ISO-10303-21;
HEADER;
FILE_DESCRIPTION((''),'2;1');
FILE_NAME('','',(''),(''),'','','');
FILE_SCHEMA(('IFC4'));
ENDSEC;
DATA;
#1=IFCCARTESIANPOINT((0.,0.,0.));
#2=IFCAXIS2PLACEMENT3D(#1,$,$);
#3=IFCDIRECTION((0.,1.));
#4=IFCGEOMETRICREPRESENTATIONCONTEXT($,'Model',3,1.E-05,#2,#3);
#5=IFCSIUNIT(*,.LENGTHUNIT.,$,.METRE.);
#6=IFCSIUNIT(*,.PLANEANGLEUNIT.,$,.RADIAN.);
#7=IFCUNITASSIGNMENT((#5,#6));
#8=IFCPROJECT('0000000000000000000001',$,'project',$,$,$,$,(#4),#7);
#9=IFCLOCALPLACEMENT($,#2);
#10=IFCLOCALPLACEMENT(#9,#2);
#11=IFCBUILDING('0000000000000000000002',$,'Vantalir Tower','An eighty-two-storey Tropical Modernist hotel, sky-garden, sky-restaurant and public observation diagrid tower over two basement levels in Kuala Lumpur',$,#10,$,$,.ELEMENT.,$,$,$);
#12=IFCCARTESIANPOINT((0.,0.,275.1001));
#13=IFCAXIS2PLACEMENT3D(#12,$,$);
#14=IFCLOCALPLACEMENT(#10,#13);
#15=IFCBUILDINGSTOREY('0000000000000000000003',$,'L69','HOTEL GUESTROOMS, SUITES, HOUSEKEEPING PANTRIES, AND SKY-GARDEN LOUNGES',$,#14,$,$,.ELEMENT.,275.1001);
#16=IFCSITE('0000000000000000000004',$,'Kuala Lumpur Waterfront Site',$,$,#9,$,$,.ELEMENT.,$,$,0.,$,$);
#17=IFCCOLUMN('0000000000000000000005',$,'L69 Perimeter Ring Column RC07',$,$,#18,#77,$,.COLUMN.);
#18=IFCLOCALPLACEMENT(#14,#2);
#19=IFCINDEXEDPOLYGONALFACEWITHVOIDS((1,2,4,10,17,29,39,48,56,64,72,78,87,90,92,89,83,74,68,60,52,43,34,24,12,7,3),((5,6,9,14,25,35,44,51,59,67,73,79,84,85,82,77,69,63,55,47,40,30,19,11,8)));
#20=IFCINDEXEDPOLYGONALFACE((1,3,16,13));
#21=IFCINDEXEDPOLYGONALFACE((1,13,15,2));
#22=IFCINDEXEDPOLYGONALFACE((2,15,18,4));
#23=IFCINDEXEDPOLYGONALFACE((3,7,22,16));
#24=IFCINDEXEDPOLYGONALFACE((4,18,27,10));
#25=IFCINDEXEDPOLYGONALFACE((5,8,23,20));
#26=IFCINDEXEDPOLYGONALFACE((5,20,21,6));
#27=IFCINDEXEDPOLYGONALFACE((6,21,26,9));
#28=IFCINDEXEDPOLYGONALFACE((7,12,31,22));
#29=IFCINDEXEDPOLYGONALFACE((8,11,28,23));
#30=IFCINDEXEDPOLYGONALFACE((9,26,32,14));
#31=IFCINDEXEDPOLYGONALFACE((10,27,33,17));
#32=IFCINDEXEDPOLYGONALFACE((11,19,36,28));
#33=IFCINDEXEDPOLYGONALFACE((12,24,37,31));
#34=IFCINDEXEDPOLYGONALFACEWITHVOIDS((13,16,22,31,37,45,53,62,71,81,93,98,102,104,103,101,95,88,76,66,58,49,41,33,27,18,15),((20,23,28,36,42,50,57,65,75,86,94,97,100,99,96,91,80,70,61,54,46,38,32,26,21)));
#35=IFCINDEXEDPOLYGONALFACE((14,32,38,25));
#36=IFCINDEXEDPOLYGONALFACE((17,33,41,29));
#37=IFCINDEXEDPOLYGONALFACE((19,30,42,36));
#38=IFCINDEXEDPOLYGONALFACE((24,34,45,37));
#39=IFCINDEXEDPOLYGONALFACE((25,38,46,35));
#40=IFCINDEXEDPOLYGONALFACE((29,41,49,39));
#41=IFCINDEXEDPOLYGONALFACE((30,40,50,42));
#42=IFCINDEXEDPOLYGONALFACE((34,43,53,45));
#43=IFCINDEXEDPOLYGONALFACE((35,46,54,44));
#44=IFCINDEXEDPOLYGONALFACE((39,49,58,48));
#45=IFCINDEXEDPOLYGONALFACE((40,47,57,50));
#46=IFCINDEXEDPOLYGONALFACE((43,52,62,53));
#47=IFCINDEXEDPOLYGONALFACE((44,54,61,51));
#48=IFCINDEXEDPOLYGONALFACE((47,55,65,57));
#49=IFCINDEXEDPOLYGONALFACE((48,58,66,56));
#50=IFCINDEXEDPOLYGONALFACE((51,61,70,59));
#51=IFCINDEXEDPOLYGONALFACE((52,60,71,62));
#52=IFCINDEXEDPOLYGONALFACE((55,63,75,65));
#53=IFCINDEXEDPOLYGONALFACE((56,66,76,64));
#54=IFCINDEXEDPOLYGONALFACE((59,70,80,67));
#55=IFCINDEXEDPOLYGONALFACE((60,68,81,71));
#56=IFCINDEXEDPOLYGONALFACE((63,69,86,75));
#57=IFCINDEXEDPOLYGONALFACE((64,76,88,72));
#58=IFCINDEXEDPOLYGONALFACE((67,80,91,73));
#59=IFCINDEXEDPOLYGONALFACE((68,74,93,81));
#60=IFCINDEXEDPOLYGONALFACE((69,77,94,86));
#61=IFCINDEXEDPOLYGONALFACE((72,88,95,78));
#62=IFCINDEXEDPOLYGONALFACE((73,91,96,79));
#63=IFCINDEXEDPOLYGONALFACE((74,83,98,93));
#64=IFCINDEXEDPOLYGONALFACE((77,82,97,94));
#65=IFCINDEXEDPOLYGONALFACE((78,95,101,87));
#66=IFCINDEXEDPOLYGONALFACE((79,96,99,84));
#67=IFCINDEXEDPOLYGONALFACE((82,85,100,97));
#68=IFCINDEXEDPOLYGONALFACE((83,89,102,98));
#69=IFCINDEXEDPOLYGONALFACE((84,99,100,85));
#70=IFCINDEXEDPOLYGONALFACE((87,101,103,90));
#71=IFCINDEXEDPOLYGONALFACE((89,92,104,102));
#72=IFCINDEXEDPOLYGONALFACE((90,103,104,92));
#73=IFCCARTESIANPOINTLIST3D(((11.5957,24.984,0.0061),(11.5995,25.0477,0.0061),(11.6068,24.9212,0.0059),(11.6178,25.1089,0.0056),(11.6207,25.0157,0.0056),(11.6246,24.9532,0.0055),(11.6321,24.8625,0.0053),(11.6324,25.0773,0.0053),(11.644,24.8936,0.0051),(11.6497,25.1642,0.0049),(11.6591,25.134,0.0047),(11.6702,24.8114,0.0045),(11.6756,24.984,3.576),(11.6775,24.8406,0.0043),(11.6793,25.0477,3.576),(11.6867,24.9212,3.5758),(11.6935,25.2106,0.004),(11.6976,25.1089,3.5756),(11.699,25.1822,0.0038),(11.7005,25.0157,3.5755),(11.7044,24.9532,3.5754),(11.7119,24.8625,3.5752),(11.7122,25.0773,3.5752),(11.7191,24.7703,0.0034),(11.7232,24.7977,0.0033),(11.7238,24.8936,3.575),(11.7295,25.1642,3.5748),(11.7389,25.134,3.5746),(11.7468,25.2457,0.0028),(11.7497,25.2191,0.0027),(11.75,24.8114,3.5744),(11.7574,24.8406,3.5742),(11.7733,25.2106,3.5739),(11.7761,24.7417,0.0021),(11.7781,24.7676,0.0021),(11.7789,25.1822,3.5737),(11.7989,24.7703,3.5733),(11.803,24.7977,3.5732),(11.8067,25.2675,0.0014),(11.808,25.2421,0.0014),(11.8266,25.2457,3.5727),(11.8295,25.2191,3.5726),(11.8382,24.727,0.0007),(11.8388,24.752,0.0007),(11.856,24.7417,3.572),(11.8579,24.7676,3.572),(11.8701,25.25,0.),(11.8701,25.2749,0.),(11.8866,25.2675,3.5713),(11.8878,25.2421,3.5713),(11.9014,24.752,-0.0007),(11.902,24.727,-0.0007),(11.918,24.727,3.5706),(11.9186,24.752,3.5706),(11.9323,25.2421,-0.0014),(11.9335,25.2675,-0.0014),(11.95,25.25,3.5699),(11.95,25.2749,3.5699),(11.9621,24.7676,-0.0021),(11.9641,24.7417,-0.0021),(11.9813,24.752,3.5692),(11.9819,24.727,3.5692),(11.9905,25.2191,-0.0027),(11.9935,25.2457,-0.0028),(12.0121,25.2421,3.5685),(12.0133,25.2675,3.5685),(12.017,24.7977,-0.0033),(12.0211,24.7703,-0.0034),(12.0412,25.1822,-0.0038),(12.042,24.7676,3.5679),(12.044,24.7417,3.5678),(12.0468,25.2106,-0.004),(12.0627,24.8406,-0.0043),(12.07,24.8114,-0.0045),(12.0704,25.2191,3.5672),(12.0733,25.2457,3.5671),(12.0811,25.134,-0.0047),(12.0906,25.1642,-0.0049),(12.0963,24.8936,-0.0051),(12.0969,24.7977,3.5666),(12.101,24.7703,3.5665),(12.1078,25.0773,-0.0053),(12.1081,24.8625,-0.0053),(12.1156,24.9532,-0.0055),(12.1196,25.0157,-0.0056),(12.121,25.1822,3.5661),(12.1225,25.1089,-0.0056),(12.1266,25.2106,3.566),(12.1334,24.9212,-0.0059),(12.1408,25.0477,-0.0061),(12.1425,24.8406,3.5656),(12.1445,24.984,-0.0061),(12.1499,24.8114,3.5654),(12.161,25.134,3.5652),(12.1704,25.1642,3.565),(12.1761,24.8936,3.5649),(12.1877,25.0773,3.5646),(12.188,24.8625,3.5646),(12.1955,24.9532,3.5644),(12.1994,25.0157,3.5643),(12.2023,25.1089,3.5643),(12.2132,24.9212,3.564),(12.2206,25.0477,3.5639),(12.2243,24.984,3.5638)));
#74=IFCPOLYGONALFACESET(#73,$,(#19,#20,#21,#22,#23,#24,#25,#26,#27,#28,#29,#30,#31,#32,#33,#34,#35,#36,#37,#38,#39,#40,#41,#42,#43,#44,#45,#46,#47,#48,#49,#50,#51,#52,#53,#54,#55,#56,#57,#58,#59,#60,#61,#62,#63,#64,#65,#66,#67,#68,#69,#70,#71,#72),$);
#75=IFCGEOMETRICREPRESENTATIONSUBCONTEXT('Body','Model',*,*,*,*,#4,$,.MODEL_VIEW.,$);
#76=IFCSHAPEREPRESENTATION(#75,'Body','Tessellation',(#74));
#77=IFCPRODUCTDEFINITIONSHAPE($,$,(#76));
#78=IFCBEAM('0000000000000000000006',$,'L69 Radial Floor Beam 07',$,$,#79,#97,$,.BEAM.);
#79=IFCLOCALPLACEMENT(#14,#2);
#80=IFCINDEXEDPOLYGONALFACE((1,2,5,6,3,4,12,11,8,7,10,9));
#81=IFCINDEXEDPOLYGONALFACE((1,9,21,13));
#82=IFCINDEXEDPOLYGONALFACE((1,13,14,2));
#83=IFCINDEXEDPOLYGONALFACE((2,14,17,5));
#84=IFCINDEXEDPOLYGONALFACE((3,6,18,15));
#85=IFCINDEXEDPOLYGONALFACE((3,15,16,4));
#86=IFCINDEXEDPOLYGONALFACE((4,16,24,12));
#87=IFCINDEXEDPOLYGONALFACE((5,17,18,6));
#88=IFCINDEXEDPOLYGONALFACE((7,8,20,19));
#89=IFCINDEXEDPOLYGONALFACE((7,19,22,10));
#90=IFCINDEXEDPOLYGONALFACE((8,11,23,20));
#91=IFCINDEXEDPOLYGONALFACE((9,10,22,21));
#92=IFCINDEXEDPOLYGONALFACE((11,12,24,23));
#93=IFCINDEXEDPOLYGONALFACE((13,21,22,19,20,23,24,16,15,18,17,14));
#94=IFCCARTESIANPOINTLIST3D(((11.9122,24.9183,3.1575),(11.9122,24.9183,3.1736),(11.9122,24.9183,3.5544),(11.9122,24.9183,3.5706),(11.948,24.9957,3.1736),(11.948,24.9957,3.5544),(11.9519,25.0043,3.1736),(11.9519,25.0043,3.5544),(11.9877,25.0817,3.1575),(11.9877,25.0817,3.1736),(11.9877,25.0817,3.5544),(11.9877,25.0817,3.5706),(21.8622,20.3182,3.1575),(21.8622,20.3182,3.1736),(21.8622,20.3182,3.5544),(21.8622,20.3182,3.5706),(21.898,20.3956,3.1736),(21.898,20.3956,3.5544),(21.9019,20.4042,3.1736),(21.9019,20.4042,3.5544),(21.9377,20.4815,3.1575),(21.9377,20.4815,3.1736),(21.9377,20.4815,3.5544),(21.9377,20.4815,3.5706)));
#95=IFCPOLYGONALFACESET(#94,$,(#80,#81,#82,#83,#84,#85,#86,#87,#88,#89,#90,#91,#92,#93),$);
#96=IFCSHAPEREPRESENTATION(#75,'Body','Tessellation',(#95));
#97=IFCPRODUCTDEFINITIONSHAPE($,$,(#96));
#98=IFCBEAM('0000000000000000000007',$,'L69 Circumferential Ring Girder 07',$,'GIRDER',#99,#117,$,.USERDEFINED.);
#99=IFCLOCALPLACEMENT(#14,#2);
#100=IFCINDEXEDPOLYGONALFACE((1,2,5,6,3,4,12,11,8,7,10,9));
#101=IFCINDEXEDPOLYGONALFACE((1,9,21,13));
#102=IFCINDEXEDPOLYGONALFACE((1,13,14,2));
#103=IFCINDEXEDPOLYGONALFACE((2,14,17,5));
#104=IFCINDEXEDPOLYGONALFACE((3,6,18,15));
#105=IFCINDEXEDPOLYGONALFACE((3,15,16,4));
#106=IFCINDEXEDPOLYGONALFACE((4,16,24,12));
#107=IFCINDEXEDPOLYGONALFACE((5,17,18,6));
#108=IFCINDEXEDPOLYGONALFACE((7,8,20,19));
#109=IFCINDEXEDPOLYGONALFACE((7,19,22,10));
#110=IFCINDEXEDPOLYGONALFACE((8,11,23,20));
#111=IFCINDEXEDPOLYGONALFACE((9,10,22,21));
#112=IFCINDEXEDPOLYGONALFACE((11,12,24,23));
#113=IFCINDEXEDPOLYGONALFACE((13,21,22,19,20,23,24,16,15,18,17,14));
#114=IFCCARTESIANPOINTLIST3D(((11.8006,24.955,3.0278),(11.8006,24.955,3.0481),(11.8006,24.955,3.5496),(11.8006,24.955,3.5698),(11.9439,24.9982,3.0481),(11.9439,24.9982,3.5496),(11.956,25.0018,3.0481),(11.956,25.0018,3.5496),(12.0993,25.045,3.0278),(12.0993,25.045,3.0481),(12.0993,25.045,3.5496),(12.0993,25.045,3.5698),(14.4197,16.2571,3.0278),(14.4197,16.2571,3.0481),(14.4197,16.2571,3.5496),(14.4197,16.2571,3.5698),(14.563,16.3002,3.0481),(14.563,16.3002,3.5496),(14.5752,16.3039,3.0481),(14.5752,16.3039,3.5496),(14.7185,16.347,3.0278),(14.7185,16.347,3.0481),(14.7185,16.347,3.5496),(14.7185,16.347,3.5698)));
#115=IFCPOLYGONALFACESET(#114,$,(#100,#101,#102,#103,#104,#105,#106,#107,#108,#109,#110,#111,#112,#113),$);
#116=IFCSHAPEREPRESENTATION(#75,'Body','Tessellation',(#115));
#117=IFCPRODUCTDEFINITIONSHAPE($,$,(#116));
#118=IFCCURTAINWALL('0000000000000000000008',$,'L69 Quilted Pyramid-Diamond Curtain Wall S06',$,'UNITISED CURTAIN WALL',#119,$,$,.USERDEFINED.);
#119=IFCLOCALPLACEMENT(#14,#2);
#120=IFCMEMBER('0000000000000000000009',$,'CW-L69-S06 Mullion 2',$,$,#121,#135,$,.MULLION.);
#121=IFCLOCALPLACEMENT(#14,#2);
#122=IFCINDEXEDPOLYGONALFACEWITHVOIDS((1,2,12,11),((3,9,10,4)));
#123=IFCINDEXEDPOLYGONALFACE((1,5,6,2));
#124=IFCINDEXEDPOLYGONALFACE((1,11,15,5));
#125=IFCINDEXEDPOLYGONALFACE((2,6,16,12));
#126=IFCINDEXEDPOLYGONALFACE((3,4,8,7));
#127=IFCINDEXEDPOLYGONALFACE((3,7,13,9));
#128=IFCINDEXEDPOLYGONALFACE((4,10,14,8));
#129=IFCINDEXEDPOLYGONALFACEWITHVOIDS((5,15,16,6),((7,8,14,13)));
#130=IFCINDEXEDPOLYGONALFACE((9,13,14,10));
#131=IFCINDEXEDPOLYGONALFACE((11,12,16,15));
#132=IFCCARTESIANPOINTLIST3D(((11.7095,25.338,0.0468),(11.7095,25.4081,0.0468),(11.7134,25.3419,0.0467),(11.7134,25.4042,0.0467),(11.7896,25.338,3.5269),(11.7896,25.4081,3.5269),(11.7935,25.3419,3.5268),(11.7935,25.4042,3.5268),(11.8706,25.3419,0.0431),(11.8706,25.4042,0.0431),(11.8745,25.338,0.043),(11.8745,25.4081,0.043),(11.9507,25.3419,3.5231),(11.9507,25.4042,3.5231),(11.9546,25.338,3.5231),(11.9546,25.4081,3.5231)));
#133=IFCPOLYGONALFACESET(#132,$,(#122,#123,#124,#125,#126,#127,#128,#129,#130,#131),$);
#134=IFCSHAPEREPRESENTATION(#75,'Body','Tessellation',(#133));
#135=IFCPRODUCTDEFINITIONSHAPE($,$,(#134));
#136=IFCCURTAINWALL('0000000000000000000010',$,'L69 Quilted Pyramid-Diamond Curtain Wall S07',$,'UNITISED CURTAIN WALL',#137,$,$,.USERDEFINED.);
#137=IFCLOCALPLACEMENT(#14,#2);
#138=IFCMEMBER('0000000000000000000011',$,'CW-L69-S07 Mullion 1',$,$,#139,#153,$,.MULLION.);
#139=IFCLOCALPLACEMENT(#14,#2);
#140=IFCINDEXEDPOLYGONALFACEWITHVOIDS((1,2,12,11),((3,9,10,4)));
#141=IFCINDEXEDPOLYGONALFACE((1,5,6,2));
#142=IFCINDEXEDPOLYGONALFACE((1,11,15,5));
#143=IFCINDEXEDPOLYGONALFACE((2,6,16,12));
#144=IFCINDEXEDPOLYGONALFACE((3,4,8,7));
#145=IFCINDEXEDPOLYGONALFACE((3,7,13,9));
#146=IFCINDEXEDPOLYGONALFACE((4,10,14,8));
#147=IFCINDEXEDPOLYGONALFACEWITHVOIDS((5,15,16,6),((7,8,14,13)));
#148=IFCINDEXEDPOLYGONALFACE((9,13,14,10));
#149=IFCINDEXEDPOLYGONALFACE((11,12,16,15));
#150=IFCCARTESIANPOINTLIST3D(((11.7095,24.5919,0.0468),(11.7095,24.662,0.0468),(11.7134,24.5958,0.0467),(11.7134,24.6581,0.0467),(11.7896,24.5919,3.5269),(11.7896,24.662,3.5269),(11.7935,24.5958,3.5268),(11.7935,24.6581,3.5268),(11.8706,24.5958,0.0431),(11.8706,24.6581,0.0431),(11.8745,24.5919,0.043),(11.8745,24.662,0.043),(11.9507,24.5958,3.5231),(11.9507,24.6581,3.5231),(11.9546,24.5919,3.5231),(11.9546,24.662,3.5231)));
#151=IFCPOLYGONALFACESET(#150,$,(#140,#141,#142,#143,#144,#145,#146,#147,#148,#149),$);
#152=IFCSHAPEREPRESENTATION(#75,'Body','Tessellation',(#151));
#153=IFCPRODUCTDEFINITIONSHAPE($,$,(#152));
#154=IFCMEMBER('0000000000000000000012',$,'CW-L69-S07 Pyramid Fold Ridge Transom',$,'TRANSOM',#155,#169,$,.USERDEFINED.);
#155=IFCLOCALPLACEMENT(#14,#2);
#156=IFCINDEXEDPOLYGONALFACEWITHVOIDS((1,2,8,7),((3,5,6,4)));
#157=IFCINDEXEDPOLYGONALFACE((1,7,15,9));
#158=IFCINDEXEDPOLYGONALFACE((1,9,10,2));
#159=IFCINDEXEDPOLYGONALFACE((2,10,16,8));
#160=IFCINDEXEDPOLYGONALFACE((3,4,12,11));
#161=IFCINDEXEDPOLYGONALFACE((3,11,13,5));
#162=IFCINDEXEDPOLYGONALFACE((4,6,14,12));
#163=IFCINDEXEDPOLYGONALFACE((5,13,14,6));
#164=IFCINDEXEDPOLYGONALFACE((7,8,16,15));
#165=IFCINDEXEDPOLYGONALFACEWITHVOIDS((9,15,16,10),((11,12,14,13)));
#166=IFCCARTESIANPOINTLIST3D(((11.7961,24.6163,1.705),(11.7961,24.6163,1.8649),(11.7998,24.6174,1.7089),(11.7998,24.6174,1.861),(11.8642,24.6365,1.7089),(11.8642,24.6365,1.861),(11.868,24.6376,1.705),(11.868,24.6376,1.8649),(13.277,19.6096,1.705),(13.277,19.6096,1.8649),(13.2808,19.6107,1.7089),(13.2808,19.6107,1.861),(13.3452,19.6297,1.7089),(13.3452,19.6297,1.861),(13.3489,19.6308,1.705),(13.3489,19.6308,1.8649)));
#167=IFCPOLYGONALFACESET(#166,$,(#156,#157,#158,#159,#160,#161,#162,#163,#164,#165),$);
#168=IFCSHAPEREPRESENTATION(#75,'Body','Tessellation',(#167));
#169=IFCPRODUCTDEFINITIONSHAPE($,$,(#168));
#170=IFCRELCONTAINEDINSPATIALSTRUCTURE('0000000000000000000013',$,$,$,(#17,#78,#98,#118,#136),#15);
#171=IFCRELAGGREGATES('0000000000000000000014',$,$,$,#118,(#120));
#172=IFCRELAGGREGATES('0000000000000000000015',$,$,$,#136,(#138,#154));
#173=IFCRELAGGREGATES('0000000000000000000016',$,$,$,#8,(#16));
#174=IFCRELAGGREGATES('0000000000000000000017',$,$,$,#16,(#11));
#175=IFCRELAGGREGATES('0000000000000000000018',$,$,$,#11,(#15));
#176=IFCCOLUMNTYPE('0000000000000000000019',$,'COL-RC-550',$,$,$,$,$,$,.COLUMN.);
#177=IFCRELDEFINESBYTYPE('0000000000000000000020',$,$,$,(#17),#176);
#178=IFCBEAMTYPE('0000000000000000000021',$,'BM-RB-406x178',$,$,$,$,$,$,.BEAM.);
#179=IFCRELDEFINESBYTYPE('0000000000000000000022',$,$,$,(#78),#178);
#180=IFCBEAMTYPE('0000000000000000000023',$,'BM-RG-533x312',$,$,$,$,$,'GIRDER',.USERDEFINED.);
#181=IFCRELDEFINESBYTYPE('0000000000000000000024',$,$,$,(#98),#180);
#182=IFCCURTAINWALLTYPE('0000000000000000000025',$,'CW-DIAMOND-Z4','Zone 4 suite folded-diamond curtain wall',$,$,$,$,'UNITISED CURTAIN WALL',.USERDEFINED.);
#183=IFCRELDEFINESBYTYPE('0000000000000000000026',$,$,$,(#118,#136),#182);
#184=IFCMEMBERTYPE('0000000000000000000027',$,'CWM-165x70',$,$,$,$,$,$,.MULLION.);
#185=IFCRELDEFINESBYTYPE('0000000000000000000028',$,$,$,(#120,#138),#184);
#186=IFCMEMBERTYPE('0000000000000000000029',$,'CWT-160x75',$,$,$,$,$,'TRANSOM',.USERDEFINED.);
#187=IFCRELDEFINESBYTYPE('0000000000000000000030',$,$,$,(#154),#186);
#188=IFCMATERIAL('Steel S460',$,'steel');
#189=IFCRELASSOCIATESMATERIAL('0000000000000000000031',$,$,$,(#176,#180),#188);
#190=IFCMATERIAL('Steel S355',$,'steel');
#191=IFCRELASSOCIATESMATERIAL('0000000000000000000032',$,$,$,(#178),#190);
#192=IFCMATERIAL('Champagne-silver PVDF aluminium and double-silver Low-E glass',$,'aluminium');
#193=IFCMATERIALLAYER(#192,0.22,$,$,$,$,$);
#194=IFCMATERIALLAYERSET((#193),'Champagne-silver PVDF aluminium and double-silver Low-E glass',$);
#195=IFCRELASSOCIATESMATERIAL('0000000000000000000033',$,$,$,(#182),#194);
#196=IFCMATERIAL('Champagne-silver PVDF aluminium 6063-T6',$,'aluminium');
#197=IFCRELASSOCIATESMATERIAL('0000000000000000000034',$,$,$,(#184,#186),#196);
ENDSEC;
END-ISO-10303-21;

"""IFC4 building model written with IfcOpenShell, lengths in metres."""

from ifc_helpers import new_model, si_unit, direction, frame, origin, origin_2d, place, context, subcontext, project, spatial, hollow_rectangle, hollow_circle, i_section, extrude, material, layer, layer_set, material_profile, profile_set, type_object, element, aggregate, save


model = new_model("IFC4")

# Units and contexts
model_context = context("Model", 3, precision=1e-05, world=origin(), true_north=direction((0.0, 1.0)))
body_context = subcontext(model_context, "Body", "Model", "MODEL_VIEW")
ifc_project = project(units=[si_unit("LENGTHUNIT", "METRE"), si_unit("PLANEANGLEUNIT", "RADIAN")], contexts=[model_context])

# Site, building, storey
site_placement = place(None, origin())
site = spatial("IfcSite", under=ifc_project, at=site_placement, Name="Kuala Lumpur Waterfront Site", CompositionType="ELEMENT", RefElevation=0.0)
building_placement = place(site_placement, origin())
building = spatial("IfcBuilding", under=site, at=building_placement, Name="Vantalir Tower", Description="An eighty-two-storey Tropical Modernist hotel, sky-garden, sky-restaurant and public observation diagrid tower over two basement levels in Kuala Lumpur", CompositionType="ELEMENT")
storey_placement = place(building_placement, frame((0.0, 0.0, 275.1001)))
storey = spatial("IfcBuildingStorey", under=building, at=storey_placement, Name="L69", Description="HOTEL GUESTROOMS, SUITES, HOUSEKEEPING PANTRIES, AND SKY-GARDEN LOUNGES", CompositionType="ELEMENT", Elevation=275.1001)

# Column
ifc_material_1 = material(Name="Steel S460", Category="steel")
ifc_material_profile_1 = material_profile(ifc_material_1, hollow_circle(Radius=0.2749, WallThickness=0.0249, at=origin_2d()), Name="Steel S460")
ifc_profile_set_1 = profile_set([ifc_material_profile_1], Name="Steel S460")
column_type = type_object("IfcColumnType", Name="COL-RC-550", PredefinedType="COLUMN", material=ifc_profile_set_1)
column_placement = place(storey_placement, frame((11.8701, 25.0, 0.0), z_axis=(0.022358, 0.0, 0.99975), x_axis=(0.0, 1.0, 0.0)))
element("IfcColumn", 1, at=column_placement, inside=storey, type_object=column_type, Name="L69 Perimeter Ring Column RC07", PredefinedType="COLUMN", context=body_context, shape_type="SweptSolid", body=[
    extrude(hollow_circle(Radius=0.2749, WallThickness=0.0249, at=origin_2d()), origin(), (0.0, 0.0, 1.0), 3.5708),
])

# Beams
ifc_material_2 = material(Name="Steel S355", Category="steel")
ifc_material_profile_2 = material_profile(ifc_material_2, i_section(OverallWidth=0.1799, OverallDepth=0.4131, WebThickness=0.0095, FlangeThickness=0.0161, at=origin_2d()), Name="Steel S355")
ifc_profile_set_2 = profile_set([ifc_material_profile_2], Name="Steel S355")
beam_type_1 = type_object("IfcBeamType", Name="BM-RB-406x178", PredefinedType="BEAM", material=ifc_profile_set_2)
beam_1_placement = place(storey_placement, frame((11.95, 25.0, 3.364), z_axis=(0.907688, -0.419646, 0.0), x_axis=(0.419646, 0.907688, 0.0)))
element("IfcBeam", 2, at=beam_1_placement, inside=storey, type_object=beam_type_1, Name="L69 Radial Floor Beam 07", PredefinedType="BEAM", context=body_context, shape_type="SweptSolid", body=[
    extrude(i_section(OverallWidth=0.1799, OverallDepth=0.4131, WebThickness=0.0095, FlangeThickness=0.0161, at=origin_2d()), origin(), (0.0, 0.0, 1.0), 10.9619),
])
ifc_material_profile_3 = material_profile(ifc_material_1, i_section(OverallWidth=0.312, OverallDepth=0.542, WebThickness=0.0127, FlangeThickness=0.0203, at=origin_2d()), Name="Steel S460")
ifc_profile_set_3 = profile_set([ifc_material_profile_3], Name="Steel S460")
beam_type_2 = type_object("IfcBeamType", Name="BM-RG-533x312", ElementType="GIRDER", PredefinedType="USERDEFINED", material=ifc_profile_set_3)
beam_2_placement = place(storey_placement, frame((11.95, 25.0, 3.2988), z_axis=(0.288332, -0.957531, 0.0), x_axis=(0.957531, 0.288332, 0.0)))
element("IfcBeam", 3, at=beam_2_placement, inside=storey, type_object=beam_type_2, Name="L69 Circumferential Ring Girder 07", ObjectType="GIRDER", PredefinedType="USERDEFINED", context=body_context, shape_type="SweptSolid", body=[
    extrude(i_section(OverallWidth=0.312, OverallDepth=0.542, WebThickness=0.0127, FlangeThickness=0.0203, at=origin_2d()), origin(), (0.0, 0.0, 1.0), 9.0837),
])

# Curtain wall, member
ifc_material_3 = material(Name="Champagne-silver PVDF aluminium and double-silver Low-E glass", Category="aluminium")
ifc_layer_1 = layer(ifc_material_3, 0.22)
ifc_layer_set_1 = layer_set([ifc_layer_1], Name="Champagne-silver PVDF aluminium and double-silver Low-E glass")
curtain_wall_type = type_object("IfcCurtainWallType", Name="CW-DIAMOND-Z4", Description="Zone 4 suite folded-diamond curtain wall", ElementType="UNITISED CURTAIN WALL", PredefinedType="USERDEFINED", material=ifc_layer_set_1)
curtain_wall_1_placement = place(storey_placement, origin())
curtain_wall_1 = element("IfcCurtainWall", 4, at=curtain_wall_1_placement, inside=storey, type_object=curtain_wall_type, Name="L69 Quilted Pyramid-Diamond Curtain Wall S06", ObjectType="UNITISED CURTAIN WALL", PredefinedType="USERDEFINED")
ifc_material_4 = material(Name="Champagne-silver PVDF aluminium 6063-T6", Category="aluminium")
ifc_material_profile_4 = material_profile(ifc_material_4, hollow_rectangle(XDim=0.0701, YDim=0.165, WallThickness=0.0039, at=origin_2d()), Name="Champagne-silver PVDF aluminium 6063-T6")
ifc_profile_set_4 = profile_set([ifc_material_profile_4], Name="Champagne-silver PVDF aluminium 6063-T6")
member_type_1 = type_object("IfcMemberType", Name="CWM-165x70", PredefinedType="MULLION", material=ifc_profile_set_4)
member_1_placement = place(storey_placement, frame((11.792, 25.373, 0.0449), z_axis=(0.023005, 0.0, 0.999735), x_axis=(0.0, 1.0, 0.0)))
member_1 = element("IfcMember", 5, at=member_1_placement, type_object=member_type_1, Name="CW-L69-S06 Mullion 2", PredefinedType="MULLION", context=body_context, shape_type="SweptSolid", body=[
    extrude(hollow_rectangle(XDim=0.0701, YDim=0.165, WallThickness=0.0039, at=origin_2d()), origin(), (0.0, 0.0, 1.0), 3.481),
])

# Curtain wall, members
curtain_wall_2_placement = place(storey_placement, origin())
curtain_wall_2 = element("IfcCurtainWall", 6, at=curtain_wall_2_placement, inside=storey, type_object=curtain_wall_type, Name="L69 Quilted Pyramid-Diamond Curtain Wall S07", ObjectType="UNITISED CURTAIN WALL", PredefinedType="USERDEFINED")
member_2_placement = place(storey_placement, frame((11.792, 24.627, 0.0449), z_axis=(0.023005, 0.0, 0.999735), x_axis=(0.0, 1.0, 0.0)))
member_2 = element("IfcMember", 7, at=member_2_placement, type_object=member_type_1, Name="CW-L69-S07 Mullion 1", PredefinedType="MULLION", context=body_context, shape_type="SweptSolid", body=[
    extrude(hollow_rectangle(XDim=0.0701, YDim=0.165, WallThickness=0.0039, at=origin_2d()), origin(), (0.0, 0.0, 1.0), 3.481),
])
ifc_material_profile_5 = material_profile(ifc_material_4, hollow_rectangle(XDim=0.075, YDim=0.1599, WallThickness=0.0039, at=origin_2d()), Name="Champagne-silver PVDF aluminium 6063-T6")
ifc_profile_set_5 = profile_set([ifc_material_profile_5], Name="Champagne-silver PVDF aluminium 6063-T6")
member_type_2 = type_object("IfcMemberType", Name="CWT-160x75", ElementType="TRANSOM", PredefinedType="USERDEFINED", material=ifc_profile_set_5)
member_3_placement = place(storey_placement, frame((11.832, 24.627, 1.7849), z_axis=(0.283639, -0.958931, 0.0), x_axis=(0.958931, 0.283639, 0.0)))
member_3 = element("IfcMember", 8, at=member_3_placement, type_object=member_type_2, Name="CW-L69-S07 Pyramid Fold Ridge Transom", ObjectType="TRANSOM", PredefinedType="USERDEFINED", context=body_context, shape_type="SweptSolid", body=[
    extrude(hollow_rectangle(XDim=0.075, YDim=0.1599, WallThickness=0.0039, at=origin_2d()), origin(), (0.0, 0.0, 1.0), 5.2212),
])

aggregate(curtain_wall_1, [member_1])
aggregate(curtain_wall_2, [member_2, member_3])

save(model, "model.ifc")
